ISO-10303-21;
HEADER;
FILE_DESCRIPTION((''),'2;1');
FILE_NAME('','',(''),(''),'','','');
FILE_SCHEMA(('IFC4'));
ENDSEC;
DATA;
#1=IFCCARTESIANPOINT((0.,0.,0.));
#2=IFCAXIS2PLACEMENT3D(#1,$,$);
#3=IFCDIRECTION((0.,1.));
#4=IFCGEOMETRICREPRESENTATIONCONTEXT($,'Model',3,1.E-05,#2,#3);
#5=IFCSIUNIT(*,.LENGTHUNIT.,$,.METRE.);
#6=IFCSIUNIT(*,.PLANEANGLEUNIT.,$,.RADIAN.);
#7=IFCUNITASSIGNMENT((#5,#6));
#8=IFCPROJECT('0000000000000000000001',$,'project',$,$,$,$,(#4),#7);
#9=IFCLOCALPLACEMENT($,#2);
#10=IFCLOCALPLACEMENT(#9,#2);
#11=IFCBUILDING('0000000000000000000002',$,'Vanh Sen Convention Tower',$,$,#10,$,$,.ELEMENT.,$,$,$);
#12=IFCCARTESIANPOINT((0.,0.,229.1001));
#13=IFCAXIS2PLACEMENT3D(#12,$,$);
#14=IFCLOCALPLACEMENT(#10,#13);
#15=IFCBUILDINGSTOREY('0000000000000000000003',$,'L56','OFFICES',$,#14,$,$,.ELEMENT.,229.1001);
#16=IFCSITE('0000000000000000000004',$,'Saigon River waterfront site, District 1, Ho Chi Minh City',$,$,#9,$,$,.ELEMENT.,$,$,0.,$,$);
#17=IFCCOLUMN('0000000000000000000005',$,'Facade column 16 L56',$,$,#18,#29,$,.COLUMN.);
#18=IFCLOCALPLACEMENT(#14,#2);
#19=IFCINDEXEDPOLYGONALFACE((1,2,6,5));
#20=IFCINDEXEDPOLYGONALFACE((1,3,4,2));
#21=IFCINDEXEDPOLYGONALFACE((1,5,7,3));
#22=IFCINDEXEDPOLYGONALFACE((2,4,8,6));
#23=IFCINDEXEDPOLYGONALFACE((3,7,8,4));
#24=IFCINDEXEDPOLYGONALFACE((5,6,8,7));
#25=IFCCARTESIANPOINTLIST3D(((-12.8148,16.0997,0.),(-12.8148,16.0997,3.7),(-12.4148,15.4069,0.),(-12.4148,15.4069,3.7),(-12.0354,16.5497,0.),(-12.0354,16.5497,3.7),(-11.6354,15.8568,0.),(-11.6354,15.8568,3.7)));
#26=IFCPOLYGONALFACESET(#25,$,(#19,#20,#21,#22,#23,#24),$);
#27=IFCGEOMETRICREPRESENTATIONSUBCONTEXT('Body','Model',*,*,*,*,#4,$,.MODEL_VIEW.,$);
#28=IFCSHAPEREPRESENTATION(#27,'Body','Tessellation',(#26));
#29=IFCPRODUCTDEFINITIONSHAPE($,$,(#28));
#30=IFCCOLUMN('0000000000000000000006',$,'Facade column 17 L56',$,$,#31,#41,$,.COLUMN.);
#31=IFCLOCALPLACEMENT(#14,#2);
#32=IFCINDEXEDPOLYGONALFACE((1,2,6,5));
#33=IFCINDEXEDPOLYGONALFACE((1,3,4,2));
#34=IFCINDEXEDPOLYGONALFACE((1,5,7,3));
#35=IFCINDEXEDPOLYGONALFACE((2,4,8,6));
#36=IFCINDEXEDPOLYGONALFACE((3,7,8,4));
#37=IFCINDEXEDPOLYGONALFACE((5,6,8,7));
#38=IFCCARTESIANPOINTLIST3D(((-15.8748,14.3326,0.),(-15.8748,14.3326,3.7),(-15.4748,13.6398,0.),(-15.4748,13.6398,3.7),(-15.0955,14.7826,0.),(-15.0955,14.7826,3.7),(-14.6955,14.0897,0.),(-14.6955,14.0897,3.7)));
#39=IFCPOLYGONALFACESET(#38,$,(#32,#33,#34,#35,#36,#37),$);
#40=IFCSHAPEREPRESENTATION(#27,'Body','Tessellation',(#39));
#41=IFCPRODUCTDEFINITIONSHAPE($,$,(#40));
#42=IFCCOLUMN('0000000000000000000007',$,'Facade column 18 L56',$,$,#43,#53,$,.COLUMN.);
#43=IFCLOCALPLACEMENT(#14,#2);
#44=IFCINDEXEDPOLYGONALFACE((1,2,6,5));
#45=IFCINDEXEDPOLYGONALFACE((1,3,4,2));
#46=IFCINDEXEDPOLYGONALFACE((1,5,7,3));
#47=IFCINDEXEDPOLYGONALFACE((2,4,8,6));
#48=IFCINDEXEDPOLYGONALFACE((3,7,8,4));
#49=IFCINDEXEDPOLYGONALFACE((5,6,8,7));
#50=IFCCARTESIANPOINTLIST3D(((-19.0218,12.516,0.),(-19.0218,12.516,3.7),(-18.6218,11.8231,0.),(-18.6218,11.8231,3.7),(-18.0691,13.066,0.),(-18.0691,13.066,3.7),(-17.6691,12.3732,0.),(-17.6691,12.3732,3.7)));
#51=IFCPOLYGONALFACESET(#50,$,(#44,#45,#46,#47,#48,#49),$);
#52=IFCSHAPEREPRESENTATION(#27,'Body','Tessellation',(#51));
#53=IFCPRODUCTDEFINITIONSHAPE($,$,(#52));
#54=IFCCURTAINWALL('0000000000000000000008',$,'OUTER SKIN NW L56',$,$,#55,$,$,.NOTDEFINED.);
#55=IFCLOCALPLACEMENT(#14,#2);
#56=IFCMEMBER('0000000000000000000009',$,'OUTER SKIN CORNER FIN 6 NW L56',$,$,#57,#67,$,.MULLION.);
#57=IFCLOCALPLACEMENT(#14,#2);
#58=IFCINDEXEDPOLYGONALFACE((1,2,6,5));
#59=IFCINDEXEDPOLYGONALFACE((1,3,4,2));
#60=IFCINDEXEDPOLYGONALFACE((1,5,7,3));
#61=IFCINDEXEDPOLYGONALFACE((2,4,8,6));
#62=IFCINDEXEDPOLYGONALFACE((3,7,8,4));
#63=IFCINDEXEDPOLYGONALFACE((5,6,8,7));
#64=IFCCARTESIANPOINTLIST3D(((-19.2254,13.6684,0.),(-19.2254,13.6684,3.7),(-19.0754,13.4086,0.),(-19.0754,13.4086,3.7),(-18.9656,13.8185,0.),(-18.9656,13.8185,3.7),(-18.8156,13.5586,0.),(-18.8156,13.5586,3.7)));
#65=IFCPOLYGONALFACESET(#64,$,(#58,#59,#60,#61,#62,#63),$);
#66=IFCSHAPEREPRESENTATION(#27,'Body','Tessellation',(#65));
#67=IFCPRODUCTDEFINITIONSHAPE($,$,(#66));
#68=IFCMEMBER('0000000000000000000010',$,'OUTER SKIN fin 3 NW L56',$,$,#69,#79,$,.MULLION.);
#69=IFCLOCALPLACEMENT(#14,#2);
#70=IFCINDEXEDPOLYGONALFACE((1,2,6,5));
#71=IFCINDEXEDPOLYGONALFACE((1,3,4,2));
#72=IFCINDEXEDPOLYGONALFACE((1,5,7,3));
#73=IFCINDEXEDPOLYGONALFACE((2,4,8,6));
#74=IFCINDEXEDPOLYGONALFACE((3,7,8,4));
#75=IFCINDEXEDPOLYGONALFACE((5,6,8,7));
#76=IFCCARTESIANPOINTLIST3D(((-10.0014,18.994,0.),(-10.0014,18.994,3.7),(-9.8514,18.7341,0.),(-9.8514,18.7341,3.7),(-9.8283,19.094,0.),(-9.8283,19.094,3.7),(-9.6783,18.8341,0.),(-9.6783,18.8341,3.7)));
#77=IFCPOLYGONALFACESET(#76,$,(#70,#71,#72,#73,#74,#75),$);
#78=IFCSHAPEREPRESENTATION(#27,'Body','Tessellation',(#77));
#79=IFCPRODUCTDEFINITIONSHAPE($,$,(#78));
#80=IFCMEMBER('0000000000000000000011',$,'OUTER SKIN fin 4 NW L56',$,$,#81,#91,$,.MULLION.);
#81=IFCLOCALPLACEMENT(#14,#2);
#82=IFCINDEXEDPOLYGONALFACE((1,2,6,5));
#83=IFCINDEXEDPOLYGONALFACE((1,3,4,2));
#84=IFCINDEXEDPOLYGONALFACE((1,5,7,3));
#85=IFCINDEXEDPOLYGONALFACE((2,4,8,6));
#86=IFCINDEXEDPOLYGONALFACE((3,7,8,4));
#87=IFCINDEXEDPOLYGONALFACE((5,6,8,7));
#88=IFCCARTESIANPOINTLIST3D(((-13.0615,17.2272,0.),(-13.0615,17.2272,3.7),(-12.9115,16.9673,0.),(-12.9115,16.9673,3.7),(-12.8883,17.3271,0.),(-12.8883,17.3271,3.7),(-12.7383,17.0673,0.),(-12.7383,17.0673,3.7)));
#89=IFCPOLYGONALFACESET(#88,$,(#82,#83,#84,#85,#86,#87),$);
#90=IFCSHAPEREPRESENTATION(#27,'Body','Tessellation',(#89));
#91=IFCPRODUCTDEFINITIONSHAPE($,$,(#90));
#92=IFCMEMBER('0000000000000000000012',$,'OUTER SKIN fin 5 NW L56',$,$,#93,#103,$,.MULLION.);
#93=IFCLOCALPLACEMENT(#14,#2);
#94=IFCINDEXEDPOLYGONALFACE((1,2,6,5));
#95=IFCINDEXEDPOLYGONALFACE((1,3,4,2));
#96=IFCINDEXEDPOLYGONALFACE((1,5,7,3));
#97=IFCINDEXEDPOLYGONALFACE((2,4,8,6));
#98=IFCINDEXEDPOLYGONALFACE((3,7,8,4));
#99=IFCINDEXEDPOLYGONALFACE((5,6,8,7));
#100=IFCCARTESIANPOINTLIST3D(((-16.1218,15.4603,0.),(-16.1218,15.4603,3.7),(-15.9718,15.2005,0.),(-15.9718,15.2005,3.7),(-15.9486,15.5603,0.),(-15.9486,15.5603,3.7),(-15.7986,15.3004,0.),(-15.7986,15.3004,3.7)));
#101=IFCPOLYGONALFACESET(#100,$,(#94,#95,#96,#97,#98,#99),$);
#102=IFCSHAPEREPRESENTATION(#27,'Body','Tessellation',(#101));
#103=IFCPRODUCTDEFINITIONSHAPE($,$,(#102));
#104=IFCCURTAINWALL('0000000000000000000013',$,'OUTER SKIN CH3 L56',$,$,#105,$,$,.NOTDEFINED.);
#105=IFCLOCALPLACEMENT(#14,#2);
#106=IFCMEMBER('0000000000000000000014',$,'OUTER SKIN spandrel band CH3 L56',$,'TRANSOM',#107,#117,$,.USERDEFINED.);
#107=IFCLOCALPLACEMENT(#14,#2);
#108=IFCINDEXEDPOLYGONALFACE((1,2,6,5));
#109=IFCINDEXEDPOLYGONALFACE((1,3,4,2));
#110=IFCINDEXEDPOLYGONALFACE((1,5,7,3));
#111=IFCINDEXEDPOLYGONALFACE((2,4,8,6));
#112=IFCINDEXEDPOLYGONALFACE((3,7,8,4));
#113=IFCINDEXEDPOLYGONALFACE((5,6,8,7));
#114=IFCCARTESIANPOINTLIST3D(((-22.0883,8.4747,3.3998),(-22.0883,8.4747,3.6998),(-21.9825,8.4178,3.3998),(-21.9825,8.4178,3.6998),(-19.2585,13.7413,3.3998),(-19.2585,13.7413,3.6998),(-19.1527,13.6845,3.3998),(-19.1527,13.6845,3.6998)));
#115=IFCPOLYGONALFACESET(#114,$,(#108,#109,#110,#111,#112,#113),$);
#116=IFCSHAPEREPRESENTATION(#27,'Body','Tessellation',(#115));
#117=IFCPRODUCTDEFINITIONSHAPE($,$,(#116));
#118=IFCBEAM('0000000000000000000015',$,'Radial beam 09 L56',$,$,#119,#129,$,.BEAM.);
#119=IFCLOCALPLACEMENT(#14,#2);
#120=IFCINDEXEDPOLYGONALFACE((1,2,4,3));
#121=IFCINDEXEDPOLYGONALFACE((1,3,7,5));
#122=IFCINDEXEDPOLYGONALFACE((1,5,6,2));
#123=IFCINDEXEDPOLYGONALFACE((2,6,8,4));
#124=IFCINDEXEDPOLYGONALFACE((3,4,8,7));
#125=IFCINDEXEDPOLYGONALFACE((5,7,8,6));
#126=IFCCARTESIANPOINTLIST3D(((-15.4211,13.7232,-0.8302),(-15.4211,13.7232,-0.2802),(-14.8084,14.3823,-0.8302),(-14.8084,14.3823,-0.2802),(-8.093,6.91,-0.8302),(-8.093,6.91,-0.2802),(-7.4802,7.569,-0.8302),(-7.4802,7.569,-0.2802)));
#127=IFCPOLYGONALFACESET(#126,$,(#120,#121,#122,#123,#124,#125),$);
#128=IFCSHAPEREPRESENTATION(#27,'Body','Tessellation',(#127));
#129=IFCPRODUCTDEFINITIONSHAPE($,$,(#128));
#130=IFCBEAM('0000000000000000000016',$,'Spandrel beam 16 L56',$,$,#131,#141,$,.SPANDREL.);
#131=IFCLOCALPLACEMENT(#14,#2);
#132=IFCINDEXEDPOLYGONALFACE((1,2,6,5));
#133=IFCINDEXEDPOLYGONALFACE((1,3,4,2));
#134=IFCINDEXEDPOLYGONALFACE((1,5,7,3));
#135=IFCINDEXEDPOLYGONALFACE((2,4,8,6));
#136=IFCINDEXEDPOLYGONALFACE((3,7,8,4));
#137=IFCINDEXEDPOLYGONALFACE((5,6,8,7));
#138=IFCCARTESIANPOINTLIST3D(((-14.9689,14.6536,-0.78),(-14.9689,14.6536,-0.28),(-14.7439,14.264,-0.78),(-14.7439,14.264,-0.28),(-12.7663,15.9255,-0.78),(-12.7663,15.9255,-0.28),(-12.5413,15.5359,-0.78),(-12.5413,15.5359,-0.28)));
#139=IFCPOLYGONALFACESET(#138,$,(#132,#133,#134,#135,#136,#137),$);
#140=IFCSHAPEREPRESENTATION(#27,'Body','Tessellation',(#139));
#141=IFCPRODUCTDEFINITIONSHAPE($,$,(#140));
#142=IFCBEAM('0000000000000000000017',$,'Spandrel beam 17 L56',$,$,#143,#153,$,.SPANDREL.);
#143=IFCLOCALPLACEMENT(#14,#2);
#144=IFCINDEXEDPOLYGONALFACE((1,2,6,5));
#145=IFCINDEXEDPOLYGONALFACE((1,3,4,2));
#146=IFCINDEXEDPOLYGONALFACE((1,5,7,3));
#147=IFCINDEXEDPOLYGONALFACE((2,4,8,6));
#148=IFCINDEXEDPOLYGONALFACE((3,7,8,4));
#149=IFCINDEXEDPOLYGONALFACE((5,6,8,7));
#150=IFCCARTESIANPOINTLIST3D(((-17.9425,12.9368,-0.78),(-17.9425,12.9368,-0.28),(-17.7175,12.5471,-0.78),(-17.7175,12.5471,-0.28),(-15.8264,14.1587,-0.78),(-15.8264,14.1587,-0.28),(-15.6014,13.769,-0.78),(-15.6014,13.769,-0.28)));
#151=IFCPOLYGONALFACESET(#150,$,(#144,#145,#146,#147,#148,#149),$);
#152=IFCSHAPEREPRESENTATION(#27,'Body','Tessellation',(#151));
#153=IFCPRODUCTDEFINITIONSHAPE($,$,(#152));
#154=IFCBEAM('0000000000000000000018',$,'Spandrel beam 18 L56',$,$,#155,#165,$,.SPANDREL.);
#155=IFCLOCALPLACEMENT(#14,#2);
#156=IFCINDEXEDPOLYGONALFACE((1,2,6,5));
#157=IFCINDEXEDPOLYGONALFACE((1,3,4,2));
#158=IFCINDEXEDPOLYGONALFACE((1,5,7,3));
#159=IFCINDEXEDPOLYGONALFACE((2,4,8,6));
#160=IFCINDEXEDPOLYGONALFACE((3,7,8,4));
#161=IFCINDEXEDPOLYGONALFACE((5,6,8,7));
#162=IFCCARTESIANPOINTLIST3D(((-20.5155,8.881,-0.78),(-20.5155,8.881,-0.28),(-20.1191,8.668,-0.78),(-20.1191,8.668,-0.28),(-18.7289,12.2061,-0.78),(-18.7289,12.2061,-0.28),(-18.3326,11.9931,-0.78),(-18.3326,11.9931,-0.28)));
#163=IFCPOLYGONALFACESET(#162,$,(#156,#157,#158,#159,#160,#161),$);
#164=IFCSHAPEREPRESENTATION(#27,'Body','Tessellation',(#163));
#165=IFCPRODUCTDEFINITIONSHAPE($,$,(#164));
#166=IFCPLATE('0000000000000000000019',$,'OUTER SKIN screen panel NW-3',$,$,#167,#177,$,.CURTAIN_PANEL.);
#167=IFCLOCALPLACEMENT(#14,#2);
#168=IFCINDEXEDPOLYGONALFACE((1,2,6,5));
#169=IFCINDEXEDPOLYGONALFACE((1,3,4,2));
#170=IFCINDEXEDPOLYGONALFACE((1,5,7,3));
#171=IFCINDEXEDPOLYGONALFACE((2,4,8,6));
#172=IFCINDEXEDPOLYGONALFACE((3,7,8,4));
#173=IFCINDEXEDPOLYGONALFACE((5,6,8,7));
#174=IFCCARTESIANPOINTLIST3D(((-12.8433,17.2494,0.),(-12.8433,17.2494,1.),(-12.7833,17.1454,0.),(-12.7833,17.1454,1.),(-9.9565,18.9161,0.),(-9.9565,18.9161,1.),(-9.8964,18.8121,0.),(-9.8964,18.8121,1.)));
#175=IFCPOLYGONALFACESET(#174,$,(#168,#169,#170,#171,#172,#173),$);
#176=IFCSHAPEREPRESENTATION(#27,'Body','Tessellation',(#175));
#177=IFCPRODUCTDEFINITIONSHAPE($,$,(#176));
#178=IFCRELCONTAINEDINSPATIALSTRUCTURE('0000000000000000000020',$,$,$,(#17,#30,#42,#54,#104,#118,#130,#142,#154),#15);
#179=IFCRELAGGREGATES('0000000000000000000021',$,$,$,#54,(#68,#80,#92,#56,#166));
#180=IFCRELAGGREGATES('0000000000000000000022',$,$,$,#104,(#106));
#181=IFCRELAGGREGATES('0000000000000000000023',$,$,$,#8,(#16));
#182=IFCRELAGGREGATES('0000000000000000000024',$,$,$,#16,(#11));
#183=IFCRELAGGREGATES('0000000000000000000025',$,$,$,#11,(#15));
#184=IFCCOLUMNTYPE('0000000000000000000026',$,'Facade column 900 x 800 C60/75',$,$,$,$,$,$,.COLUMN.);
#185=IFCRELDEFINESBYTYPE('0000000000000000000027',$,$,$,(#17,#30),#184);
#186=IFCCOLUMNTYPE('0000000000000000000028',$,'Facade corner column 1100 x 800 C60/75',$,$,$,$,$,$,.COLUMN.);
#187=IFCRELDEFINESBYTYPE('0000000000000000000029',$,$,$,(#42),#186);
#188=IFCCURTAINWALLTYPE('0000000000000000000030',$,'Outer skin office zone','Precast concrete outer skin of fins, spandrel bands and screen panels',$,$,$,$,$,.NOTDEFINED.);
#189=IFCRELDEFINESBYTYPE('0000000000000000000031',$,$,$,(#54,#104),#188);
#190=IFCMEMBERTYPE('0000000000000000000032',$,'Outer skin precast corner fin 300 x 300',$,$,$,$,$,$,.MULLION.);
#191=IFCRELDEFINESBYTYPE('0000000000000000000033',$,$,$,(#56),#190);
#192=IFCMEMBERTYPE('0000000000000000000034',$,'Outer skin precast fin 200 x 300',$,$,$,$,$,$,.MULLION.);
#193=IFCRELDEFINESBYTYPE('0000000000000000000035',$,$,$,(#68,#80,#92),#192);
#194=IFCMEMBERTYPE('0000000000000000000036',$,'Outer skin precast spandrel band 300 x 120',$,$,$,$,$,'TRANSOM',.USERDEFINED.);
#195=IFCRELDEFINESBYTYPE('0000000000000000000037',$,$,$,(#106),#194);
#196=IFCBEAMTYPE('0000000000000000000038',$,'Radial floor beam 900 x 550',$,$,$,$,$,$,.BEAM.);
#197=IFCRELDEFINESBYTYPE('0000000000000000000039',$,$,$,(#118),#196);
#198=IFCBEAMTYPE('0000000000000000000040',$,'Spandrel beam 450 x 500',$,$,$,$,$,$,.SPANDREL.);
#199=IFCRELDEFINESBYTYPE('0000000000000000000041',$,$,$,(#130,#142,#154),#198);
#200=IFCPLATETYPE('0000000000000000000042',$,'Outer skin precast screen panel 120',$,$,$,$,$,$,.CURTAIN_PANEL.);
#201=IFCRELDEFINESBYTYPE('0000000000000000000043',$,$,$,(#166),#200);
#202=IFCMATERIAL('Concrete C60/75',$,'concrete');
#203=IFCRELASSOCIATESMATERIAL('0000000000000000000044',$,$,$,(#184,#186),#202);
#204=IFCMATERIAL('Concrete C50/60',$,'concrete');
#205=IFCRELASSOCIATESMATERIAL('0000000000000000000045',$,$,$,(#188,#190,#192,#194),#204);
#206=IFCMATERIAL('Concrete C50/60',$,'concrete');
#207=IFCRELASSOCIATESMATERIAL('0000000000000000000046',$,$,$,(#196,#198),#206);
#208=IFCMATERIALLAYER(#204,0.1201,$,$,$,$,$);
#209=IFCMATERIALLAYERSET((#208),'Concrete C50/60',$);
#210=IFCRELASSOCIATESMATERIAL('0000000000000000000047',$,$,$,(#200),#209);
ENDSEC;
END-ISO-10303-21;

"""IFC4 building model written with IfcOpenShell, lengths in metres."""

from ifc_helpers import new_model, si_unit, direction, frame, origin, origin_2d, place, context, subcontext, project, spatial, rectangle, extrude, material, layer, layer_set, material_profile, profile_set, type_object, element, aggregate, save


model = new_model("IFC4")

# Units and contexts
model_context = context("Model", 3, precision=1e-05, world=origin(), true_north=direction((0.0, 1.0)))
body_context = subcontext(model_context, "Body", "Model", "MODEL_VIEW")
ifc_project = project(units=[si_unit("LENGTHUNIT", "METRE"), si_unit("PLANEANGLEUNIT", "RADIAN")], contexts=[model_context])

# Site, building, storey
site_placement = place(None, origin())
site = spatial("IfcSite", under=ifc_project, at=site_placement, Name="Saigon River waterfront site, District 1, Ho Chi Minh City", CompositionType="ELEMENT", RefElevation=0.0)
building_placement = place(site_placement, origin())
building = spatial("IfcBuilding", under=site, at=building_placement, Name="Vanh Sen Convention Tower", CompositionType="ELEMENT")
storey_placement = place(building_placement, frame((0.0, 0.0, 229.1001)))
storey = spatial("IfcBuildingStorey", under=building, at=storey_placement, Name="L56", Description="OFFICES", CompositionType="ELEMENT", Elevation=229.1001)

# Columns
ifc_material_1 = material(Name="Concrete C60/75", Category="concrete")
ifc_material_profile_1 = material_profile(ifc_material_1, rectangle(XDim=0.8999, YDim=0.8, at=origin_2d()), Name="RC 900X800")
ifc_profile_set_1 = profile_set([ifc_material_profile_1], Name="Concrete C60/75")
column_type_1 = type_object("IfcColumnType", Name="Facade column 900 x 800 C60/75", PredefinedType="COLUMN", material=ifc_profile_set_1)
for number, where, z_axis, x_axis, name in (
    (1, (-12.2251, 15.9783, 0.0), (0.0, 0.0, 1.0), (-0.866025, -0.5, 0.0), "Facade column 16 L56"),
    (2, (-15.2852, 14.2112, 0.0), (0.0, 0.0, 1.0), (-0.866025, -0.5, 0.0), "Facade column 17 L56"),
):
    element("IfcColumn", number, at=place(storey_placement, frame(where, z_axis=z_axis, x_axis=x_axis)), inside=storey, type_object=column_type_1, Name=name, PredefinedType="COLUMN", context=body_context, shape_type="SweptSolid", body=[
        extrude(rectangle(XDim=0.8999, YDim=0.8, at=origin_2d()), origin(), (0.0, 0.0, 1.0), 3.7),
    ])
ifc_material_profile_2 = material_profile(ifc_material_1, rectangle(XDim=1.1001, YDim=0.8, at=origin_2d()), Name="RC 1100X800")
ifc_profile_set_2 = profile_set([ifc_material_profile_2], Name="Concrete C60/75")
column_type_2 = type_object("IfcColumnType", Name="Facade corner column 1100 x 800 C60/75", PredefinedType="COLUMN", material=ifc_profile_set_2)
column_placement = place(storey_placement, frame((-18.3455, 12.4446, 0.0), z_axis=(0.0, 0.0, 1.0), x_axis=(-0.866025, -0.5, 0.0)))
element("IfcColumn", 3, at=column_placement, inside=storey, type_object=column_type_2, Name="Facade column 18 L56", PredefinedType="COLUMN", context=body_context, shape_type="SweptSolid", body=[
    extrude(rectangle(XDim=1.1001, YDim=0.8, at=origin_2d()), origin(), (0.0, 0.0, 1.0), 3.7),
])

# Curtain wall, members
ifc_material_2 = material(Name="Concrete C50/60", Category="concrete")
curtain_wall_type = type_object("IfcCurtainWallType", Name="Outer skin office zone", Description="Precast concrete outer skin of fins, spandrel bands and screen panels", PredefinedType="NOTDEFINED", material=ifc_material_2)
curtain_wall_1_placement = place(storey_placement, origin())
curtain_wall_1 = element("IfcCurtainWall", 4, at=curtain_wall_1_placement, inside=storey, type_object=curtain_wall_type, Name="OUTER SKIN NW L56", PredefinedType="NOTDEFINED")
ifc_material_profile_3 = material_profile(ifc_material_2, rectangle(XDim=0.3, YDim=0.3, at=origin_2d()), Name="Outer skin precast corner fin 300 x 300")
ifc_profile_set_3 = profile_set([ifc_material_profile_3], Name="Concrete C50/60")
member_type_1 = type_object("IfcMemberType", Name="Outer skin precast corner fin 300 x 300", PredefinedType="MULLION", material=ifc_profile_set_3)
member_1_placement = place(storey_placement, frame((-19.0205, 13.6135, 0.0), z_axis=(0.0, 0.0, 1.0), x_axis=(-0.866025, -0.5, 0.0)))
member_1 = element("IfcMember", 5, at=member_1_placement, type_object=member_type_1, Name="OUTER SKIN CORNER FIN 6 NW L56", PredefinedType="MULLION", context=body_context, shape_type="SweptSolid", body=[
    extrude(rectangle(XDim=0.3, YDim=0.3, at=origin_2d()), origin(), (0.0, 0.0, 1.0), 3.7),
])
ifc_material_profile_4 = material_profile(ifc_material_2, rectangle(XDim=0.2, YDim=0.3, at=origin_2d()), Name="Outer skin precast fin 200 x 300")
ifc_profile_set_4 = profile_set([ifc_material_profile_4], Name="Concrete C50/60")
member_type_2 = type_object("IfcMemberType", Name="Outer skin precast fin 200 x 300", PredefinedType="MULLION", material=ifc_profile_set_4)
member_2_placement = place(storey_placement, frame((-9.8398, 18.9141, 0.0), z_axis=(0.0, 0.0, 1.0), x_axis=(-0.866025, -0.5, 0.0)))
member_2 = element("IfcMember", 6, at=member_2_placement, type_object=member_type_2, Name="OUTER SKIN fin 3 NW L56", PredefinedType="MULLION", context=body_context, shape_type="SweptSolid", body=[
    extrude(rectangle(XDim=0.2, YDim=0.3, at=origin_2d()), origin(), (0.0, 0.0, 1.0), 3.7),
])
member_3_placement = place(storey_placement, frame((-12.8999, 17.1472, 0.0), z_axis=(0.0, 0.0, 1.0), x_axis=(-0.866025, -0.5, 0.0)))
member_3 = element("IfcMember", 7, at=member_3_placement, type_object=member_type_2, Name="OUTER SKIN fin 4 NW L56", PredefinedType="MULLION", context=body_context, shape_type="SweptSolid", body=[
    extrude(rectangle(XDim=0.2, YDim=0.3, at=origin_2d()), origin(), (0.0, 0.0, 1.0), 3.7),
])
member_4_placement = place(storey_placement, frame((-15.9602, 15.3804, 0.0), z_axis=(0.0, 0.0, 1.0), x_axis=(-0.866025, -0.5, 0.0)))
member_4 = element("IfcMember", 8, at=member_4_placement, type_object=member_type_2, Name="OUTER SKIN fin 5 NW L56", PredefinedType="MULLION", context=body_context, shape_type="SweptSolid", body=[
    extrude(rectangle(XDim=0.2, YDim=0.3, at=origin_2d()), origin(), (0.0, 0.0, 1.0), 3.7),
])

# Curtain wall, member
curtain_wall_2_placement = place(storey_placement, origin())
curtain_wall_2 = element("IfcCurtainWall", 9, at=curtain_wall_2_placement, inside=storey, type_object=curtain_wall_type, Name="OUTER SKIN CH3 L56", PredefinedType="NOTDEFINED")
ifc_material_profile_5 = material_profile(ifc_material_2, rectangle(XDim=0.1201, YDim=0.3, at=origin_2d()), Name="Outer skin precast spandrel band 300 x 120")
ifc_profile_set_5 = profile_set([ifc_material_profile_5], Name="Concrete C50/60")
member_type_3 = type_object("IfcMemberType", Name="Outer skin precast spandrel band 300 x 120", ElementType="TRANSOM", PredefinedType="USERDEFINED", material=ifc_profile_set_5)
member_5_placement = place(storey_placement, frame((-19.2056, 13.7129, 3.5498), z_axis=(-0.473318, -0.880892, 0.0), x_axis=(0.880892, -0.473318, 0.0)))
member_5 = element("IfcMember", 10, at=member_5_placement, type_object=member_type_3, Name="OUTER SKIN spandrel band CH3 L56", ObjectType="TRANSOM", PredefinedType="USERDEFINED", context=body_context, shape_type="SweptSolid", body=[
    extrude(rectangle(XDim=0.1201, YDim=0.3, at=origin_2d()), origin(), (0.0, 0.0, 1.0), 5.9788),
])

# Beams
ifc_material_3 = material(Name="Concrete C50/60", Category="concrete")
ifc_material_profile_6 = material_profile(ifc_material_3, rectangle(XDim=0.8999, YDim=0.55, at=origin_2d()), Name="RC 900X550")
ifc_profile_set_6 = profile_set([ifc_material_profile_6], Name="Concrete C50/60")
beam_type_1 = type_object("IfcBeamType", Name="Radial floor beam 900 x 550", PredefinedType="BEAM", material=ifc_profile_set_6)
beam_1_placement = place(storey_placement, frame((-15.1147, 14.0527, -0.5552), z_axis=(0.732368, -0.68091, 0.0), x_axis=(0.68091, 0.732368, 0.0)))
element("IfcBeam", 11, at=beam_1_placement, inside=storey, type_object=beam_type_1, Name="Radial beam 09 L56", PredefinedType="BEAM", context=body_context, shape_type="SweptSolid", body=[
    extrude(rectangle(XDim=0.8999, YDim=0.55, at=origin_2d()), origin(), (0.0, 0.0, 1.0), 10.0061),
])
ifc_material_profile_7 = material_profile(ifc_material_3, rectangle(XDim=0.45, YDim=0.5, at=origin_2d()), Name="RC 450X500")
ifc_profile_set_7 = profile_set([ifc_material_profile_7], Name="Concrete C50/60")
beam_type_2 = type_object("IfcBeamType", Name="Spandrel beam 450 x 500", PredefinedType="SPANDREL", material=ifc_profile_set_7)
beam_2_placement = place(storey_placement, frame((-12.6538, 15.7307, -0.53), z_axis=(-0.865978, -0.500082, 0.0), x_axis=(0.500082, -0.865978, 0.0)))
element("IfcBeam", 12, at=beam_2_placement, inside=storey, type_object=beam_type_2, Name="Spandrel beam 16 L56", PredefinedType="SPANDREL", context=body_context, shape_type="SweptSolid", body=[
    extrude(rectangle(XDim=0.45, YDim=0.5, at=origin_2d()), origin(), (0.0, 0.0, 1.0), 2.5435),
])
beam_3_placement = place(storey_placement, frame((-15.7139, 13.9639, -0.53), z_axis=(-0.866003, -0.50004, 0.0), x_axis=(0.50004, -0.866003, 0.0)))
element("IfcBeam", 13, at=beam_3_placement, inside=storey, type_object=beam_type_2, Name="Spandrel beam 17 L56", PredefinedType="SPANDREL", context=body_context, shape_type="SweptSolid", body=[
    extrude(rectangle(XDim=0.45, YDim=0.5, at=origin_2d()), origin(), (0.0, 0.0, 1.0), 2.4436),
])
beam_4_placement = place(storey_placement, frame((-18.5308, 12.0996, -0.53), z_axis=(-0.473305, -0.880899, 0.0), x_axis=(0.880899, -0.473305, 0.0)))
element("IfcBeam", 14, at=beam_4_placement, inside=storey, type_object=beam_type_2, Name="Spandrel beam 18 L56", PredefinedType="SPANDREL", context=body_context, shape_type="SweptSolid", body=[
    extrude(rectangle(XDim=0.45, YDim=0.5, at=origin_2d()), origin(), (0.0, 0.0, 1.0), 3.7747),
])

# Plate
ifc_layer_1 = layer(ifc_material_2, 0.1201)
ifc_layer_set_1 = layer_set([ifc_layer_1], Name="Concrete C50/60")
plate_type = type_object("IfcPlateType", Name="Outer skin precast screen panel 120", PredefinedType="CURTAIN_PANEL", material=ifc_layer_set_1)
plate_1_placement = place(storey_placement, frame((-11.3699, 18.0308, 0.0), z_axis=(0.0, 0.0, 1.0), x_axis=(-0.866026, -0.499998, 0.0)))
plate_1 = element("IfcPlate", 15, at=plate_1_placement, type_object=plate_type, Name="OUTER SKIN screen panel NW-3", PredefinedType="CURTAIN_PANEL", context=body_context, shape_type="SweptSolid", body=[
    extrude(rectangle(XDim=3.3335, YDim=0.1201, at=origin_2d()), origin(), (0.0, 0.0, 1.0), 1.0),
])
aggregate(curtain_wall_1, [member_2, member_3, member_4, member_1, plate_1])
aggregate(curtain_wall_2, [member_5])

save(model, "model.ifc")
